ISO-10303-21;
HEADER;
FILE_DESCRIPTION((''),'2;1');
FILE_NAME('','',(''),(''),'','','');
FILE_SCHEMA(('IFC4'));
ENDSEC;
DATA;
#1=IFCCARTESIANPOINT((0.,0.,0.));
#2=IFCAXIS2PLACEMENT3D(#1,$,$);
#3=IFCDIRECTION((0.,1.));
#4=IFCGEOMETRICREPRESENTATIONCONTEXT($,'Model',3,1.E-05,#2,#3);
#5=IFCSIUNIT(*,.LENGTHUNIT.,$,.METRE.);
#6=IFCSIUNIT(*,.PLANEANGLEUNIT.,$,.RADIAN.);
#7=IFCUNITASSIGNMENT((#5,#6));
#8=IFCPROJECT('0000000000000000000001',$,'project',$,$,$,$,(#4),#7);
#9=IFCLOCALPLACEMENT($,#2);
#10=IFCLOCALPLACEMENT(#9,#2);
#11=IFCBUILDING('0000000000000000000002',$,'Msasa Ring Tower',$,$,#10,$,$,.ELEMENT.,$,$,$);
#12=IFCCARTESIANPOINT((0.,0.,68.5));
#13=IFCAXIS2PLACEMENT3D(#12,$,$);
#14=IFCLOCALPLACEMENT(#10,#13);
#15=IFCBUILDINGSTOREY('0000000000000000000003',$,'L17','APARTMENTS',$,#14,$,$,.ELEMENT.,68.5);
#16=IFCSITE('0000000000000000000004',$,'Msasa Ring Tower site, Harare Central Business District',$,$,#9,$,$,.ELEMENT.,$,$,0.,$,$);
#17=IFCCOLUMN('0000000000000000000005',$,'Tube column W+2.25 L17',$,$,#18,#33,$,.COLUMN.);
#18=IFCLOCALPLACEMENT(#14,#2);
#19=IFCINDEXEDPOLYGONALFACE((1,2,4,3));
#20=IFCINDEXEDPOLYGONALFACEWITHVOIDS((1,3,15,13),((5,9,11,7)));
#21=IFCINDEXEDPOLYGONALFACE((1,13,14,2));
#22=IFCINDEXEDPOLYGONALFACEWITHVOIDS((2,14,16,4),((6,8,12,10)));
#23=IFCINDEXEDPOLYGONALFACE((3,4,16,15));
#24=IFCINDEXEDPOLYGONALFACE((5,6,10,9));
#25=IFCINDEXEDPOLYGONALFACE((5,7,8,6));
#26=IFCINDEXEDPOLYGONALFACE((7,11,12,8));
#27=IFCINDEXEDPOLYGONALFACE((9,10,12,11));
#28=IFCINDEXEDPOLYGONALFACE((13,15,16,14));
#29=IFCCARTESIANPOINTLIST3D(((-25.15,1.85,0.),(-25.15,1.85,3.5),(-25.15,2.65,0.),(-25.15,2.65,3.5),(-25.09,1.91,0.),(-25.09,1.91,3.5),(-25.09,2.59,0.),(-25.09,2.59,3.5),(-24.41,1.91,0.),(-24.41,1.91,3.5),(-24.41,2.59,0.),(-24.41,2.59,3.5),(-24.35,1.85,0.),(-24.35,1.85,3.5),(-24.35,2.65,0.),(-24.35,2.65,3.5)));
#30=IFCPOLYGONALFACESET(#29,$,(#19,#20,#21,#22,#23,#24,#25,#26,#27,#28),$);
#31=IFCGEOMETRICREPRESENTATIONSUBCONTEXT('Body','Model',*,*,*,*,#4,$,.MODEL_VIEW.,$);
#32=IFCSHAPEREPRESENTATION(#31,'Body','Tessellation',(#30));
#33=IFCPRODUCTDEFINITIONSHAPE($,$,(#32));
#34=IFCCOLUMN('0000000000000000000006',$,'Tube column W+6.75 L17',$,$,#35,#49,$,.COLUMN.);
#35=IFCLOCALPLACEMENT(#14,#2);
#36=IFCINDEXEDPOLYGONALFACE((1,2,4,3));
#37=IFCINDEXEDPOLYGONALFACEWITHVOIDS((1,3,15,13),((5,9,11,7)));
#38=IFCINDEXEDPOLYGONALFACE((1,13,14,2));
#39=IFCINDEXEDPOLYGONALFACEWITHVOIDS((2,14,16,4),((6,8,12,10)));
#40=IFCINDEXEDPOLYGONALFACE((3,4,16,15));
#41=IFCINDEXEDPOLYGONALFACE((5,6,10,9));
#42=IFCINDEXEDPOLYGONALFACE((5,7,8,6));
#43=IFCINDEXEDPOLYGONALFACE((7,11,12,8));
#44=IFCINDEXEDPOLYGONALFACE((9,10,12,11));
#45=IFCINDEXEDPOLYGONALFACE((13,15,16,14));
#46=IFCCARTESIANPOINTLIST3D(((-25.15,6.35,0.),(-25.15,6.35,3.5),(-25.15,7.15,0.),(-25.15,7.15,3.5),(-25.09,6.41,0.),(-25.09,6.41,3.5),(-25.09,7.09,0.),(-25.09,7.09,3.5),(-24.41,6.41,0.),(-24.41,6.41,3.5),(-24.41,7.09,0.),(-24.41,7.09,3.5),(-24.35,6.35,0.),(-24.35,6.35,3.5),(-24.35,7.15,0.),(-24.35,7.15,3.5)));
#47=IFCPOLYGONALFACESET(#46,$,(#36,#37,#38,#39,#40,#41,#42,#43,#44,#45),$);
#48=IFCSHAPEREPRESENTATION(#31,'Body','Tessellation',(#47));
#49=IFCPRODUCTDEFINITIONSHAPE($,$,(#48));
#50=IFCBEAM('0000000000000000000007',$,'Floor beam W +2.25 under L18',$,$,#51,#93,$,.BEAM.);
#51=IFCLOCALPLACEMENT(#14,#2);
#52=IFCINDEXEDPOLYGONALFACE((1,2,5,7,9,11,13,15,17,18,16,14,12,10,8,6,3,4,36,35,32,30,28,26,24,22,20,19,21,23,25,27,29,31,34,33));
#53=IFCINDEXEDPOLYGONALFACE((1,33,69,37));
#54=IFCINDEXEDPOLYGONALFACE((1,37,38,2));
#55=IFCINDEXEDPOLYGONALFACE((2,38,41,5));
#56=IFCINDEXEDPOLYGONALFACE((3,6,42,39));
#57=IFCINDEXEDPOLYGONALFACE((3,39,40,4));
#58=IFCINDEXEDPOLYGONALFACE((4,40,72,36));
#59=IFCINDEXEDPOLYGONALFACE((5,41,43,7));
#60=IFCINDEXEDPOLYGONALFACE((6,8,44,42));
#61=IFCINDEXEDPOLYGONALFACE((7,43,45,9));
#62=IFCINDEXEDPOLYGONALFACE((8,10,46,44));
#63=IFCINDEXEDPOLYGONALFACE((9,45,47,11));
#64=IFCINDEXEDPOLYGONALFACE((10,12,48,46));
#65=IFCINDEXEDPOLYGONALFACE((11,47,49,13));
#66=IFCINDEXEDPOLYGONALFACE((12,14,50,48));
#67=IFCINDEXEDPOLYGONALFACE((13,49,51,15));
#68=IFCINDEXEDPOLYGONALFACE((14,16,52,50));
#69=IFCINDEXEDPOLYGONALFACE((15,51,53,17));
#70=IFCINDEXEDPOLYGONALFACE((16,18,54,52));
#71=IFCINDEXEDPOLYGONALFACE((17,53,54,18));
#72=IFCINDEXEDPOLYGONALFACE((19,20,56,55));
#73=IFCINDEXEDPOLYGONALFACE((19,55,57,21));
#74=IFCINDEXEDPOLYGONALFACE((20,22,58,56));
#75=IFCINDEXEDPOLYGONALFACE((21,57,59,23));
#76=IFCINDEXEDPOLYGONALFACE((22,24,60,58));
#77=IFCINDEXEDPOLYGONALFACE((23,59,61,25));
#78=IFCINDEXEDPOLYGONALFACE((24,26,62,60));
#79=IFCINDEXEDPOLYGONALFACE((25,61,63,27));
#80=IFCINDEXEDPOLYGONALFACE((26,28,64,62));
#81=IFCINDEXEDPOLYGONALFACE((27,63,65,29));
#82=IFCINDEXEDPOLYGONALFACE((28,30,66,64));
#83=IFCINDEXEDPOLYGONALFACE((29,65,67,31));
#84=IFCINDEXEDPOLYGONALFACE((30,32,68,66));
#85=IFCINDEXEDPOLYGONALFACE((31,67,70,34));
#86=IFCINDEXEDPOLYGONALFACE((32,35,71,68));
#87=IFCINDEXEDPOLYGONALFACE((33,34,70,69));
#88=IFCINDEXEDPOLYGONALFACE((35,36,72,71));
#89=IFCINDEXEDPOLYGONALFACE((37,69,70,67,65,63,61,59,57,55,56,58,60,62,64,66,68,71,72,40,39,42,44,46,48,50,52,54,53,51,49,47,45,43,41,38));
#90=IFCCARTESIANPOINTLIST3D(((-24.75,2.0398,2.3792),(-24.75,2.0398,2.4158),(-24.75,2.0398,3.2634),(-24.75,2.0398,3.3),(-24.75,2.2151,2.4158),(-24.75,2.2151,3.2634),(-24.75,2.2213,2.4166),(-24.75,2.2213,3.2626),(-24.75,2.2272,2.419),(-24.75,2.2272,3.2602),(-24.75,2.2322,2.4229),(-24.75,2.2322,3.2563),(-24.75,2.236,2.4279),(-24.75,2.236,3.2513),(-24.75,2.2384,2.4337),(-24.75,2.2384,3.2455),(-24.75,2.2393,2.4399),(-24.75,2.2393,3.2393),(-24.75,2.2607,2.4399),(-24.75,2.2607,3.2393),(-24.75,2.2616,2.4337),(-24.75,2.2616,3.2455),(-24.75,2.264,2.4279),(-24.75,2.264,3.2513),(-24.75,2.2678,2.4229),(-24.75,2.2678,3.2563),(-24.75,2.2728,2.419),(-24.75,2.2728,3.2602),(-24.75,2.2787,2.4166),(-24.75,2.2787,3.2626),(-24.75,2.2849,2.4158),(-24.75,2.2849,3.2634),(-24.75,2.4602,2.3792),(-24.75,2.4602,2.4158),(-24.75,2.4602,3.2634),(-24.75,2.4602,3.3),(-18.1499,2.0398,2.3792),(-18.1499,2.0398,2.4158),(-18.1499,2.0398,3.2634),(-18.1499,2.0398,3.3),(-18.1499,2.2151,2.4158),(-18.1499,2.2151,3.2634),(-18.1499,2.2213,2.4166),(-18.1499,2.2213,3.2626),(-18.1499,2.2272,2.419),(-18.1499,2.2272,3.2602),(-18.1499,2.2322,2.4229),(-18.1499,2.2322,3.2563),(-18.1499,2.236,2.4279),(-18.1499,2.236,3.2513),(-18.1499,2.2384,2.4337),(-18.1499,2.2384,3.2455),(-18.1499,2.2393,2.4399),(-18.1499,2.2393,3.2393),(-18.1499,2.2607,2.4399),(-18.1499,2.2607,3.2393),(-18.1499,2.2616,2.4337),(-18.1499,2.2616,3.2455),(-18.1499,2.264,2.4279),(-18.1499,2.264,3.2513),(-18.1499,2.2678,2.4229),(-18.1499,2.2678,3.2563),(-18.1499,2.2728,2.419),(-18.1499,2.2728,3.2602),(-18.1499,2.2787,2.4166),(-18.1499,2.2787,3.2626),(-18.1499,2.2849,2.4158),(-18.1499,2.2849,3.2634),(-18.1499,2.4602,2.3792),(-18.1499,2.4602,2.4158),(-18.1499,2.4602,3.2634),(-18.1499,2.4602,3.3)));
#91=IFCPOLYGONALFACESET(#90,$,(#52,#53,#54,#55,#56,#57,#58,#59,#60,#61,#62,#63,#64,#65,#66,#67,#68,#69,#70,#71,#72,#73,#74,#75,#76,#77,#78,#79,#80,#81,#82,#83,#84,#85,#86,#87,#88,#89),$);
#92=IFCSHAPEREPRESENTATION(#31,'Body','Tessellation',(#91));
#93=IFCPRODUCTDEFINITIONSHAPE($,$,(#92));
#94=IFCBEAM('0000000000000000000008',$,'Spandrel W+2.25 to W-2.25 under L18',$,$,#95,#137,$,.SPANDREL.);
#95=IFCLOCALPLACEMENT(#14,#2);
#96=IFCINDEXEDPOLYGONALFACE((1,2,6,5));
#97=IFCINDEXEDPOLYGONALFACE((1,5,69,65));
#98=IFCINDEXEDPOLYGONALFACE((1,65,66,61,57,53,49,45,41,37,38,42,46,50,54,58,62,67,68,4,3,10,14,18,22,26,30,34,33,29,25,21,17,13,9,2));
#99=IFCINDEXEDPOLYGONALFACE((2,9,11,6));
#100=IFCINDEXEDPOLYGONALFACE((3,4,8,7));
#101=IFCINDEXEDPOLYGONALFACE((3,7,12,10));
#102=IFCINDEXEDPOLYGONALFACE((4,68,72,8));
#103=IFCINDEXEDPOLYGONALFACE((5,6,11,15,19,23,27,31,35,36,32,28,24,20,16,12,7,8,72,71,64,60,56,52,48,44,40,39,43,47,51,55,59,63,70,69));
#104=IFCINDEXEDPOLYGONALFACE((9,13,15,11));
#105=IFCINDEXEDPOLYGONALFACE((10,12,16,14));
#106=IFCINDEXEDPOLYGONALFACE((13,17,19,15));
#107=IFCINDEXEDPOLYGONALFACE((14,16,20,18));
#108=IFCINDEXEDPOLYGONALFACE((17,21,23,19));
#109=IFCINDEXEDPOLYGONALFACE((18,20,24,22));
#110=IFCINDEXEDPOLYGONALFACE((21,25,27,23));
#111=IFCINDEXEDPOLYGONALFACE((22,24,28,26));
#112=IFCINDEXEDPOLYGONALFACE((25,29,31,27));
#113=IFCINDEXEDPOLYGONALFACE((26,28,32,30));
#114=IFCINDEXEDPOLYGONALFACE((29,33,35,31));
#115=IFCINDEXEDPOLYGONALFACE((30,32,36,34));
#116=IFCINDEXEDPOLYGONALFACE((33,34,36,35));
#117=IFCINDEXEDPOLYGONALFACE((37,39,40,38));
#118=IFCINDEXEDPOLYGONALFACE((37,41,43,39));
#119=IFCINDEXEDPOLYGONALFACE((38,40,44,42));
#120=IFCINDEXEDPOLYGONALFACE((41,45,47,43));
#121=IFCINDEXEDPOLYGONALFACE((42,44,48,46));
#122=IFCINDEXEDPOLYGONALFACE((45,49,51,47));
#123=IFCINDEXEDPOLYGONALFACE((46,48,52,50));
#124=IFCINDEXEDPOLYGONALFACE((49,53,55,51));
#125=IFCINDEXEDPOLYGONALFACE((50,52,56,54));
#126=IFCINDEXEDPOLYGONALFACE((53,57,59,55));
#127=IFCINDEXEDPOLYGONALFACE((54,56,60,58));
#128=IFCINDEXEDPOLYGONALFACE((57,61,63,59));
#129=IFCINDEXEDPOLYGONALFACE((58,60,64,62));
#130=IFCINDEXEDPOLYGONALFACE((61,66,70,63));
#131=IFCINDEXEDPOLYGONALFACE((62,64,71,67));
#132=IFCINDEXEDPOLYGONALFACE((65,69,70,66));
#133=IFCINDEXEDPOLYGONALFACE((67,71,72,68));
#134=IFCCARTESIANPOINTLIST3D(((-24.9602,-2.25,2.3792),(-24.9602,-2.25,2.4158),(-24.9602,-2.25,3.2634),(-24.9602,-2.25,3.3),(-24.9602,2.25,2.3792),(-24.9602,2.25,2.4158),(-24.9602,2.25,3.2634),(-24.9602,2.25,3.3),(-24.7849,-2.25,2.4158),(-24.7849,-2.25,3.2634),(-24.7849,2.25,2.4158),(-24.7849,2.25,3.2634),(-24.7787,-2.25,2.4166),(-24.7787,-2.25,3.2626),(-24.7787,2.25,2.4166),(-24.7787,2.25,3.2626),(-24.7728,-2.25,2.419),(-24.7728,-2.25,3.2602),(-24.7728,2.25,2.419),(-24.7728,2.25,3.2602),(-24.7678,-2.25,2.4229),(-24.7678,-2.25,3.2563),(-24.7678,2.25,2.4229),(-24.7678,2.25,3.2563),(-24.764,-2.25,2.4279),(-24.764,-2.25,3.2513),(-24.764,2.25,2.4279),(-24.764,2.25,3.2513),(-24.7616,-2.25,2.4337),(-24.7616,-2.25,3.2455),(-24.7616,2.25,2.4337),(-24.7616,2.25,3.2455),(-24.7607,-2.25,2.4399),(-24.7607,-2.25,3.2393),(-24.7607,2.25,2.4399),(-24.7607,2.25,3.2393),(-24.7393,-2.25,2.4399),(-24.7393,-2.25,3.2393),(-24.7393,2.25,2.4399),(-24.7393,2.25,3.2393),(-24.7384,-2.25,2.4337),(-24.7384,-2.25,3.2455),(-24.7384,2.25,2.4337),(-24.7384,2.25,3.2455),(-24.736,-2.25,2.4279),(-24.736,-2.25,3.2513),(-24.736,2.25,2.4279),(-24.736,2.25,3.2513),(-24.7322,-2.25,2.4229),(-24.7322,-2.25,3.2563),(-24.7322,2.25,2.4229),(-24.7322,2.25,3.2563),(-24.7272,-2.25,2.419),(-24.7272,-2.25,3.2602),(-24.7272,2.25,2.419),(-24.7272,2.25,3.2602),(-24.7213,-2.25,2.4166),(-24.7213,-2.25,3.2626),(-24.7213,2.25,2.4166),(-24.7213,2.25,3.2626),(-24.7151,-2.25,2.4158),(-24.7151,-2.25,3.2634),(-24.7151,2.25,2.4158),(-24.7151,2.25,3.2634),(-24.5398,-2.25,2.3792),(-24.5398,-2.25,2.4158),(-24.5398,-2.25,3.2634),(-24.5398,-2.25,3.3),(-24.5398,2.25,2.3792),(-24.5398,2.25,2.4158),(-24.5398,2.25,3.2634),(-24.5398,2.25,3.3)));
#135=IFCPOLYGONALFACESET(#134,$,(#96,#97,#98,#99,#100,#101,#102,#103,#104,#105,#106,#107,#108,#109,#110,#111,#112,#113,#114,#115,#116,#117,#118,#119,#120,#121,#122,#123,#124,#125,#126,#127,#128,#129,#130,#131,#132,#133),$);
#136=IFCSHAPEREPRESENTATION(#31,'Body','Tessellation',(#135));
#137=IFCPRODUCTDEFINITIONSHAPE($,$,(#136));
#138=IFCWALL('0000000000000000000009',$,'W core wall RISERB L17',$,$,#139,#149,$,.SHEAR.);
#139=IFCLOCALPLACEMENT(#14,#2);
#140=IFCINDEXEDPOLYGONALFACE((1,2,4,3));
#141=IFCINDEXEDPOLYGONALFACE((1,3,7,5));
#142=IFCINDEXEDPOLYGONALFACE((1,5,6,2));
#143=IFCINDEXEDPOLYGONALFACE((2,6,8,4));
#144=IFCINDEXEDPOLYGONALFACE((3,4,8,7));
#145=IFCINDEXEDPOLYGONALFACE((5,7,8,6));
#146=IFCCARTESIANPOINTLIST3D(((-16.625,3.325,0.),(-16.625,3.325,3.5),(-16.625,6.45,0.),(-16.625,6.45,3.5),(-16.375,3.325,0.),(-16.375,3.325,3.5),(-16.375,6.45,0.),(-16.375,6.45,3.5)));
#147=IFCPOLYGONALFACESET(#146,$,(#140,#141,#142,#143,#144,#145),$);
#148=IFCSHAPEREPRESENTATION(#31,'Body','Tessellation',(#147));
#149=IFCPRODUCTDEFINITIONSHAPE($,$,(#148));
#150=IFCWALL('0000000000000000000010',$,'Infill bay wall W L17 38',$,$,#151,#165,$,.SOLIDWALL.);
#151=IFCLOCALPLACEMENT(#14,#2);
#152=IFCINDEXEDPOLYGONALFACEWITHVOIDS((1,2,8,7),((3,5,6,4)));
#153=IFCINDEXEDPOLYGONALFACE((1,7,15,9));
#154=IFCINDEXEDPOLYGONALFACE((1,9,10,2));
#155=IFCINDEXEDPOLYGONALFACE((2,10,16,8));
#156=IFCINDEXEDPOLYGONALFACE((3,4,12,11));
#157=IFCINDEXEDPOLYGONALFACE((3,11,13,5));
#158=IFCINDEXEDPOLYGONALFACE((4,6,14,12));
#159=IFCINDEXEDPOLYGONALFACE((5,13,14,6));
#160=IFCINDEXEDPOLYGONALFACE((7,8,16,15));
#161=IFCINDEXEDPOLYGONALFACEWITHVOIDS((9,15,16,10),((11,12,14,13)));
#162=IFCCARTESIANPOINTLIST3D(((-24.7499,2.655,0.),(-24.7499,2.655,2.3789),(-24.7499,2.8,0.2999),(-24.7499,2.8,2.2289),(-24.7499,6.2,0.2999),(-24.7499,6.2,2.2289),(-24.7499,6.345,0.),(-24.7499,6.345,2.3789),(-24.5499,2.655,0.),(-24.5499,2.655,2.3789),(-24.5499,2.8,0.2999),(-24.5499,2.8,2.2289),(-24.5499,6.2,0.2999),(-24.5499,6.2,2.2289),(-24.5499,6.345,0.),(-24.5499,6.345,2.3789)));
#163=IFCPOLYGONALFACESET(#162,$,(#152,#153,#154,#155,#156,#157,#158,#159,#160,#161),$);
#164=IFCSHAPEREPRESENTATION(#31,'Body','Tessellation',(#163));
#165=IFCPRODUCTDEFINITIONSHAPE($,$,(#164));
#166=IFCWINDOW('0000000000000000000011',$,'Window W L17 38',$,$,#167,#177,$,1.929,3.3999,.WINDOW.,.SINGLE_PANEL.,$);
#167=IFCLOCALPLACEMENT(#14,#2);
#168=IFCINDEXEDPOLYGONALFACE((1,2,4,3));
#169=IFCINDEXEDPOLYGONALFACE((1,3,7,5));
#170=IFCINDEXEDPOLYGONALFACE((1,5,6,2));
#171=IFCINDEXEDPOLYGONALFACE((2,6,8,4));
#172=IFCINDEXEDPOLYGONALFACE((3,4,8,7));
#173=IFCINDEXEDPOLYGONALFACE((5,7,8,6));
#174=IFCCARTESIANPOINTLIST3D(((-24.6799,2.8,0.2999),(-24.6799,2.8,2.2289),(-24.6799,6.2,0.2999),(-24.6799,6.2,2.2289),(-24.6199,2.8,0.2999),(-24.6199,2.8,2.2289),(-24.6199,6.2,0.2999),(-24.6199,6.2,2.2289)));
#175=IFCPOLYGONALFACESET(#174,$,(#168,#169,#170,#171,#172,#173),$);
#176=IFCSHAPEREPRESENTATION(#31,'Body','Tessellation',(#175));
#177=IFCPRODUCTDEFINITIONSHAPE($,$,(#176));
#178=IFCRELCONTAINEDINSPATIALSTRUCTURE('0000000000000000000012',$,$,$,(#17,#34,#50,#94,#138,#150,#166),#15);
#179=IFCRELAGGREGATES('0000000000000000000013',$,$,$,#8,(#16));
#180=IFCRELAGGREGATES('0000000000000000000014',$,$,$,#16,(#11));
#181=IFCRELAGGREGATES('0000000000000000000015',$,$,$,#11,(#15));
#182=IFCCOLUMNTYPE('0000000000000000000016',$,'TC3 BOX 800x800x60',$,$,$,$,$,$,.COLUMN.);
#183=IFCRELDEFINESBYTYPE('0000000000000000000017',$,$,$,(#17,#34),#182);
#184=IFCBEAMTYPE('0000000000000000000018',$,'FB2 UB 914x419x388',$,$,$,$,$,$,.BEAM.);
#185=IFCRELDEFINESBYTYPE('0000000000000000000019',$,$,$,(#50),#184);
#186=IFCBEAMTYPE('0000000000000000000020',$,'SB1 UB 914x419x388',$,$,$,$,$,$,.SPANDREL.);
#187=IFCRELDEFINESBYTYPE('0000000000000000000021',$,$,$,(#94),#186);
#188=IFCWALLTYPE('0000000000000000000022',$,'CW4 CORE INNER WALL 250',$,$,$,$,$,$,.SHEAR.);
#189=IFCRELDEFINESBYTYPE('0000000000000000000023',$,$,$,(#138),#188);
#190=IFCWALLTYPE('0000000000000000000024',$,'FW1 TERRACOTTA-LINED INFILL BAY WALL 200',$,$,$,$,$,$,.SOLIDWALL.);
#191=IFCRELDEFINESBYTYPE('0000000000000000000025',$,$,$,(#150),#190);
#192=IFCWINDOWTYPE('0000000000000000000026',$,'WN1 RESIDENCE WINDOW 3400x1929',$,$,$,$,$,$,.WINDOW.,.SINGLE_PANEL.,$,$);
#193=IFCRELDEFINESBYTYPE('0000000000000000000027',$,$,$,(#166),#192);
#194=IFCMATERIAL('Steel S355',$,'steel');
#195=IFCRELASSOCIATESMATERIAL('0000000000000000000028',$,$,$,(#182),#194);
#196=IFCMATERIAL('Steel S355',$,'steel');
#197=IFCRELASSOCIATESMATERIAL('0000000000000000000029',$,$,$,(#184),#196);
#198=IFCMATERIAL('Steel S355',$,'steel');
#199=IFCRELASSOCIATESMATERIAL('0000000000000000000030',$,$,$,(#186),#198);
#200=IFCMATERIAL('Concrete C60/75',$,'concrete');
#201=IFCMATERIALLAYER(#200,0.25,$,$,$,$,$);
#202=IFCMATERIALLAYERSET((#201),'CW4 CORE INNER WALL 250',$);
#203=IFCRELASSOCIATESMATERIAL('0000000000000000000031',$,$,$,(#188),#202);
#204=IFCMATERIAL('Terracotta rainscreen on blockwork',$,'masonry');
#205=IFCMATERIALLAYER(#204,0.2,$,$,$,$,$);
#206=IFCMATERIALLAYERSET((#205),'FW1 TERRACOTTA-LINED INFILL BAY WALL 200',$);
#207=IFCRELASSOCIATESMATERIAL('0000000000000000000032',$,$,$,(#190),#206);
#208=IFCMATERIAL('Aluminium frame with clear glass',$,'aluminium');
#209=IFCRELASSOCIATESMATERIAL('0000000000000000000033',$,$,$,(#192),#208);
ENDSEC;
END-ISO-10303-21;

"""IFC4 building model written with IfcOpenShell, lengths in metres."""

from ifc_helpers import new_model, si_unit, direction, frame, frame_2d, origin, origin_2d, place, context, subcontext, project, spatial, rectangle, hollow_rectangle, i_section, extrude, material, layer, layer_set, material_profile, profile_set, type_object, element, fill, save


model = new_model("IFC4")

# Units and contexts
model_context = context("Model", 3, precision=1e-05, world=origin(), true_north=direction((0.0, 1.0)))
body_context = subcontext(model_context, "Body", "Model", "MODEL_VIEW")
ifc_project = project(units=[si_unit("LENGTHUNIT", "METRE"), si_unit("PLANEANGLEUNIT", "RADIAN")], contexts=[model_context])

# Site, building, storey
site_placement = place(None, origin())
site = spatial("IfcSite", under=ifc_project, at=site_placement, Name="Msasa Ring Tower site, Harare Central Business District", CompositionType="ELEMENT", RefElevation=0.0)
building_placement = place(site_placement, origin())
building = spatial("IfcBuilding", under=site, at=building_placement, Name="Msasa Ring Tower", CompositionType="ELEMENT")
storey_placement = place(building_placement, frame((0.0, 0.0, 68.5)))
storey = spatial("IfcBuildingStorey", under=building, at=storey_placement, Name="L17", Description="APARTMENTS", CompositionType="ELEMENT", Elevation=68.5)

# Columns
ifc_material_1 = material(Name="Steel S355", Category="steel")
ifc_material_profile_1 = material_profile(ifc_material_1, hollow_rectangle(XDim=0.8, YDim=0.8, WallThickness=0.0601, at=origin_2d()), Name="BOX 800x800x60")
ifc_profile_set_1 = profile_set([ifc_material_profile_1], Name="Steel S355")
column_type = type_object("IfcColumnType", Name="TC3 BOX 800x800x60", PredefinedType="COLUMN", material=ifc_profile_set_1)
for number, where, z_axis, x_axis, name in (
    (1, (-24.75, 2.25, 0.0), (0.0, 0.0, 1.0), (1.0, 0.0, 0.0), "Tube column W+2.25 L17"),
    (2, (-24.75, 6.75, 0.0), (0.0, 0.0, 1.0), (1.0, 0.0, 0.0), "Tube column W+6.75 L17"),
):
    element("IfcColumn", number, at=place(storey_placement, frame(where, z_axis=z_axis, x_axis=x_axis)), inside=storey, type_object=column_type, Name=name, PredefinedType="COLUMN", context=body_context, shape_type="SweptSolid", body=[
        extrude(hollow_rectangle(XDim=0.8, YDim=0.8, WallThickness=0.0601, at=origin_2d()), origin(), (0.0, 0.0, 1.0), 3.5),
    ])

# Beams
ifc_material_2 = material(Name="Steel S355", Category="steel")
ifc_material_profile_2 = material_profile(ifc_material_2, i_section(OverallWidth=0.4204, OverallDepth=0.9209, WebThickness=0.0215, FlangeThickness=0.0366, FilletRadius=0.0242, at=origin_2d()), Name="UB 914x419x388")
ifc_profile_set_2 = profile_set([ifc_material_profile_2], Name="Steel S355")
beam_type_1 = type_object("IfcBeamType", Name="FB2 UB 914x419x388", PredefinedType="BEAM", material=ifc_profile_set_2)
beam_1_placement = place(storey_placement, frame((-24.75, 2.25, 2.8396), z_axis=(1.0, 0.0, 0.0), x_axis=(0.0, 1.0, 0.0)))
element("IfcBeam", 3, at=beam_1_placement, inside=storey, type_object=beam_type_1, Name="Floor beam W +2.25 under L18", PredefinedType="BEAM", context=body_context, shape_type="SweptSolid", body=[
    extrude(i_section(OverallWidth=0.4204, OverallDepth=0.9209, WebThickness=0.0215, FlangeThickness=0.0366, FilletRadius=0.0242, at=origin_2d()), origin(), (0.0, 0.0, 1.0), 6.6001),
])
ifc_material_3 = material(Name="Steel S355", Category="steel")
ifc_material_profile_3 = material_profile(ifc_material_3, i_section(OverallWidth=0.4204, OverallDepth=0.9209, WebThickness=0.0215, FlangeThickness=0.0366, FilletRadius=0.0242, at=origin_2d()), Name="UB 914x419x388")
ifc_profile_set_3 = profile_set([ifc_material_profile_3], Name="Steel S355")
beam_type_2 = type_object("IfcBeamType", Name="SB1 UB 914x419x388", PredefinedType="SPANDREL", material=ifc_profile_set_3)
beam_2_placement = place(storey_placement, frame((-24.75, 2.25, 2.8396), z_axis=(0.0, -1.0, 0.0), x_axis=(1.0, 0.0, 0.0)))
element("IfcBeam", 4, at=beam_2_placement, inside=storey, type_object=beam_type_2, Name="Spandrel W+2.25 to W-2.25 under L18", PredefinedType="SPANDREL", context=body_context, shape_type="SweptSolid", body=[
    extrude(i_section(OverallWidth=0.4204, OverallDepth=0.9209, WebThickness=0.0215, FlangeThickness=0.0366, FilletRadius=0.0242, at=origin_2d()), origin(), (0.0, 0.0, 1.0), 4.5),
])

# Wall
ifc_material_4 = material(Name="Concrete C60/75", Category="concrete")
ifc_layer_1 = layer(ifc_material_4, 0.25)
ifc_layer_set_1 = layer_set([ifc_layer_1], Name="CW4 CORE INNER WALL 250")
wall_type_1 = type_object("IfcWallType", Name="CW4 CORE INNER WALL 250", PredefinedType="SHEAR", material=ifc_layer_set_1)
wall_1_placement = place(storey_placement, frame((-16.5, 3.325, 0.0), z_axis=(0.0, 0.0, 1.0), x_axis=(0.0, 1.0, 0.0)))
element("IfcWall", 5, at=wall_1_placement, inside=storey, type_object=wall_type_1, Name="W core wall RISERB L17", PredefinedType="SHEAR", context=body_context, shape_type="SweptSolid", body=[
    extrude(rectangle(XDim=3.125, YDim=0.25, at=frame_2d((1.5625, 0.0))), origin(), (0.0, 0.0, 1.0), 3.5),
])

# Wall, opening, window
ifc_material_5 = material(Name="Terracotta rainscreen on blockwork", Category="masonry")
ifc_layer_2 = layer(ifc_material_5, 0.2)
ifc_layer_set_2 = layer_set([ifc_layer_2], Name="FW1 TERRACOTTA-LINED INFILL BAY WALL 200")
wall_type_2 = type_object("IfcWallType", Name="FW1 TERRACOTTA-LINED INFILL BAY WALL 200", PredefinedType="SOLIDWALL", material=ifc_layer_set_2)
wall_2_placement = place(storey_placement, frame((-24.6499, 2.655, 0.0), z_axis=(0.0, 0.0, 1.0), x_axis=(0.0, 1.0, 0.0)))
wall_2 = element("IfcWall", 6, at=wall_2_placement, inside=storey, type_object=wall_type_2, Name="Infill bay wall W L17 38", PredefinedType="SOLIDWALL", context=body_context, shape_type="SweptSolid", body=[
    extrude(rectangle(XDim=3.6899, YDim=0.2, at=frame_2d((1.845, 0.0))), origin(), (0.0, 0.0, 1.0), 2.3789),
])
opening_1_placement = place(wall_2_placement, frame((0.145, 0.0, 0.3)))
opening_1 = element("IfcOpeningElement", 7, at=opening_1_placement, cuts=wall_2, PredefinedType="OPENING", context=body_context, shape_type="SweptSolid", body=[
    extrude(rectangle(XDim=3.3999, YDim=1.929, at=frame_2d((1.7, 0.9644))), frame((0.0, 0.1099, 0.0), z_axis=(0.0, -1.0, 0.0), x_axis=(1.0, 0.0, 0.0)), (0.0, 0.0, 1.0), 0.22),
])
ifc_material_6 = material(Name="Aluminium frame with clear glass", Category="aluminium")
window_type = type_object("IfcWindowType", Name="WN1 RESIDENCE WINDOW 3400x1929", PartitioningType="SINGLE_PANEL", PredefinedType="WINDOW", material=ifc_material_6)
window_placement = place(opening_1_placement, origin())
window = element("IfcWindow", 8, at=window_placement, inside=storey, type_object=window_type, Name="Window W L17 38", OverallHeight=1.929, OverallWidth=3.3999, PartitioningType="SINGLE_PANEL", PredefinedType="WINDOW", context=body_context, shape_type="SweptSolid", body=[
    extrude(rectangle(XDim=3.3999, YDim=1.929, at=frame_2d((1.7, 0.9644))), frame((0.0, 0.03, 0.0), z_axis=(0.0, -1.0, 0.0), x_axis=(1.0, 0.0, 0.0)), (0.0, 0.0, 1.0), 0.0601),
])
fill(opening_1, window)

save(model, "model.ifc")
